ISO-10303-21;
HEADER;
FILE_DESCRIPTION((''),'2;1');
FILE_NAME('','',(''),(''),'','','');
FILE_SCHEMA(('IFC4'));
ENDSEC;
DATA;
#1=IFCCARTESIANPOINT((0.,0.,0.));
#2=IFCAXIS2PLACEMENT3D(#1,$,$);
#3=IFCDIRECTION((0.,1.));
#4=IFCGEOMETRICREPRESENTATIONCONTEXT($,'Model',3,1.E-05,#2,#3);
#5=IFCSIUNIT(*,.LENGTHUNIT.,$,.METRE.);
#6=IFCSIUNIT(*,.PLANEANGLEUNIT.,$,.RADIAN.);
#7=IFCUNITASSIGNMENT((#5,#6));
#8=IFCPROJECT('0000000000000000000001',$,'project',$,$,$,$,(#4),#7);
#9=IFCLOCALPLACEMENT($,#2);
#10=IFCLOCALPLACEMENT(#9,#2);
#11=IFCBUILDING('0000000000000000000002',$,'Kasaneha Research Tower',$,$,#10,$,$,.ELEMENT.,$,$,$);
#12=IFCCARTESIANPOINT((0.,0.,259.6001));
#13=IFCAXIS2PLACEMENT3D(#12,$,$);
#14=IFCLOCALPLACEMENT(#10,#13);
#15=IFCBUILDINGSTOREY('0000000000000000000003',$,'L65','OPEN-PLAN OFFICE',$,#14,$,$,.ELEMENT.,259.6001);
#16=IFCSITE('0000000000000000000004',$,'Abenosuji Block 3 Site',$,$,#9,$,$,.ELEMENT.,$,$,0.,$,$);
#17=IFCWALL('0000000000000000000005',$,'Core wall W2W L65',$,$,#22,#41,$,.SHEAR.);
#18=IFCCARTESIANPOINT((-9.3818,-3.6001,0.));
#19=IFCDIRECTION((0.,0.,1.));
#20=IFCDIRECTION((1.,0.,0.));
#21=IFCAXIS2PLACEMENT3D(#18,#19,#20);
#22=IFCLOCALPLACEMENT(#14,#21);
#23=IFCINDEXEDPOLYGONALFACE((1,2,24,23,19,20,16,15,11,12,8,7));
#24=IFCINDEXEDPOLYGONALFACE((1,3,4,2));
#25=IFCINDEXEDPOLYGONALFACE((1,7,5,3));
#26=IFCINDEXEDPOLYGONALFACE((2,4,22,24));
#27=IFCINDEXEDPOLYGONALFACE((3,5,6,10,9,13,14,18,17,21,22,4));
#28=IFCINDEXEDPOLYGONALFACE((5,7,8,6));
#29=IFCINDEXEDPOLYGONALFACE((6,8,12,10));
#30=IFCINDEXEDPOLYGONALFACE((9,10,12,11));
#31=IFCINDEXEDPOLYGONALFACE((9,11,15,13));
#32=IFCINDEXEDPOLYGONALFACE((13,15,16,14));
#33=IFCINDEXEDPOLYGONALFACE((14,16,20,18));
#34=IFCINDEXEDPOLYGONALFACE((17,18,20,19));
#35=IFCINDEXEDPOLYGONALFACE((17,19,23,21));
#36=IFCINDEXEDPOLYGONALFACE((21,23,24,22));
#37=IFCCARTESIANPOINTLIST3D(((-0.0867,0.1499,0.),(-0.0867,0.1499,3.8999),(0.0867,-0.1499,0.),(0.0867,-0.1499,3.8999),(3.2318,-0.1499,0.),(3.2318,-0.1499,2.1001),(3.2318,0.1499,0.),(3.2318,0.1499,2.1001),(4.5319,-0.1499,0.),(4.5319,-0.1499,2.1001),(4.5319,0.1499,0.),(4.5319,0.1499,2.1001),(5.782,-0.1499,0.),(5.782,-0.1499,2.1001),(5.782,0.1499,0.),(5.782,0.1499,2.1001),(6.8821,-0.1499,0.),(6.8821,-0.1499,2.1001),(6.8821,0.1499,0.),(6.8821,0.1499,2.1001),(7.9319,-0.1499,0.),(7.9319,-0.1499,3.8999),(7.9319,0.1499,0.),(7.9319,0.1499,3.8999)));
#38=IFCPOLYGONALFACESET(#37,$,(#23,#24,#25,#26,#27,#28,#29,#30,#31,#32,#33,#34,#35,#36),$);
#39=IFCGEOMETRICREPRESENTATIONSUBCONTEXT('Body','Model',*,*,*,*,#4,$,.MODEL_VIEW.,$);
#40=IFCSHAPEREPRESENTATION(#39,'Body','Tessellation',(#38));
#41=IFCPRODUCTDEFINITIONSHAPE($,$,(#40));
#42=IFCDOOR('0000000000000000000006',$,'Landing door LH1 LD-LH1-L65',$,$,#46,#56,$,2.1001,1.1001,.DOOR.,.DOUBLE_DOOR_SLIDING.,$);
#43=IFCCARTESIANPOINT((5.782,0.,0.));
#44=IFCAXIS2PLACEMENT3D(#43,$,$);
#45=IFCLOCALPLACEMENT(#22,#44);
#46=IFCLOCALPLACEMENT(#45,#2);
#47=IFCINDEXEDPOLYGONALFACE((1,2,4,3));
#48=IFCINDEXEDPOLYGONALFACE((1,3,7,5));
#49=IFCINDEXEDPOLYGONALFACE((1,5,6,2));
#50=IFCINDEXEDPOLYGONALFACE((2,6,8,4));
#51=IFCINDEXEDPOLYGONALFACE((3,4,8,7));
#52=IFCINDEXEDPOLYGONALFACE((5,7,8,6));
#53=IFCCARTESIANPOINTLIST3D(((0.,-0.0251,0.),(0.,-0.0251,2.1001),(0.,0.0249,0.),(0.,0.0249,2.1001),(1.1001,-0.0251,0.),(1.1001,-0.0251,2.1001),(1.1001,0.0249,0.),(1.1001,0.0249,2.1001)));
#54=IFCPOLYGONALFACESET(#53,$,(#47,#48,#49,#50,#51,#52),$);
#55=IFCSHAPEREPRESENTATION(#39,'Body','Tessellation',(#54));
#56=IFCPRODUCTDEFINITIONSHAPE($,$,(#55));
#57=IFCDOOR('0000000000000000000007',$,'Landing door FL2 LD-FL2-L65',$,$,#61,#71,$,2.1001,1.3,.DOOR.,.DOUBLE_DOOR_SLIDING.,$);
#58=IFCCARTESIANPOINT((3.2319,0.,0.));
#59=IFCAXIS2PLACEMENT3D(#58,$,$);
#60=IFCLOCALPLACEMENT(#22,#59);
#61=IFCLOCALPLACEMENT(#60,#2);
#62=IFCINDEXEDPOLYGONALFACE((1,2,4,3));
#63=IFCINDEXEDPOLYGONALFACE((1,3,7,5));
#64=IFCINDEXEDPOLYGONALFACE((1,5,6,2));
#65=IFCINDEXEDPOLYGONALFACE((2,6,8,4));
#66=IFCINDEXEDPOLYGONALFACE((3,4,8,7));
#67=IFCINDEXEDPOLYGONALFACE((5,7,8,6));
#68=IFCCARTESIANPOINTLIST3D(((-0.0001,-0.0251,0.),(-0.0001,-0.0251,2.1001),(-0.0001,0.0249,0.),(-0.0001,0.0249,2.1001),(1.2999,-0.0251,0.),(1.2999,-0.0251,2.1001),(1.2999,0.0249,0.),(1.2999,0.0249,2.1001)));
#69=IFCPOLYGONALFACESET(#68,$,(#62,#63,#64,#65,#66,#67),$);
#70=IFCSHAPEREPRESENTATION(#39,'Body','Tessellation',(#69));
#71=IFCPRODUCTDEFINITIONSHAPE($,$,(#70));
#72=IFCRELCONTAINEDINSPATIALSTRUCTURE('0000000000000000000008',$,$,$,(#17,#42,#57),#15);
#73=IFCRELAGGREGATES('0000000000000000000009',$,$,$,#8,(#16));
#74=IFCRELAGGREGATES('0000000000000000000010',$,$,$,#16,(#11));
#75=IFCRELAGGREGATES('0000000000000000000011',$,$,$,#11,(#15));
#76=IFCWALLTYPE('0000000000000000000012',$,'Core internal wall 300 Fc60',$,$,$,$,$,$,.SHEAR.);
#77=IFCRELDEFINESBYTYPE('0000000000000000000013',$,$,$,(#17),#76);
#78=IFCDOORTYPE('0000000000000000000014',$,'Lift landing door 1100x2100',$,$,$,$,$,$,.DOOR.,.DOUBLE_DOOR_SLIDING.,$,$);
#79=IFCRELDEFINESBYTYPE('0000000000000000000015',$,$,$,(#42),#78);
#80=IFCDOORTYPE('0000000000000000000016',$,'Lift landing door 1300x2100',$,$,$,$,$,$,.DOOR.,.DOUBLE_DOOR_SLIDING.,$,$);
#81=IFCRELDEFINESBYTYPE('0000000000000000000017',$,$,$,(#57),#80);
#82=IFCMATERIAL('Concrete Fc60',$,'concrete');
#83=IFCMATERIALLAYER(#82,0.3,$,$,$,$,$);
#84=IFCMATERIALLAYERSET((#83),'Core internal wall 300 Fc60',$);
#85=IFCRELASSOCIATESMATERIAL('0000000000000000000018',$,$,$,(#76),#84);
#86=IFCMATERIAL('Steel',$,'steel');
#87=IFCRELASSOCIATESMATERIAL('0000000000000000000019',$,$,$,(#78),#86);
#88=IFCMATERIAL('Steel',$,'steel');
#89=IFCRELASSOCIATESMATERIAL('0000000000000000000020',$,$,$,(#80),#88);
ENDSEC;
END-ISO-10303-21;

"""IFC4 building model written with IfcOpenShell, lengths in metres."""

from ifc_helpers import new_model, si_unit, direction, frame, frame_2d, origin, place, context, subcontext, project, spatial, polyline, rectangle, outline, extrude, material, layer, layer_set, type_object, element, fill, save


model = new_model("IFC4")

# Units and contexts
model_context = context("Model", 3, precision=1e-05, world=origin(), true_north=direction((0.0, 1.0)))
body_context = subcontext(model_context, "Body", "Model", "MODEL_VIEW")
ifc_project = project(units=[si_unit("LENGTHUNIT", "METRE"), si_unit("PLANEANGLEUNIT", "RADIAN")], contexts=[model_context])

# Site, building, storey
site_placement = place(None, origin())
site = spatial("IfcSite", under=ifc_project, at=site_placement, Name="Abenosuji Block 3 Site", CompositionType="ELEMENT", RefElevation=0.0)
building_placement = place(site_placement, origin())
building = spatial("IfcBuilding", under=site, at=building_placement, Name="Kasaneha Research Tower", CompositionType="ELEMENT")
storey_placement = place(building_placement, frame((0.0, 0.0, 259.6001)))
storey = spatial("IfcBuildingStorey", under=building, at=storey_placement, Name="L65", Description="OPEN-PLAN OFFICE", CompositionType="ELEMENT", Elevation=259.6001)

# Wall, openings, doors
ifc_material_1 = material(Name="Concrete Fc60", Category="concrete")
ifc_layer_1 = layer(ifc_material_1, 0.3)
ifc_layer_set_1 = layer_set([ifc_layer_1], Name="Core internal wall 300 Fc60")
wall_type_1 = type_object("IfcWallType", Name="Core internal wall 300 Fc60", PredefinedType="SHEAR", material=ifc_layer_set_1)
wall_1_placement = place(storey_placement, frame((-9.3818, -3.6001, 0.0), z_axis=(0.0, 0.0, 1.0), x_axis=(1.0, 0.0, 0.0)))
wall_1 = element("IfcWall", 1, at=wall_1_placement, inside=storey, type_object=wall_type_1, Name="Core wall W2W L65", PredefinedType="SHEAR", context=body_context, shape_type="SweptSolid", body=[
    extrude(outline(polyline([(0.0867, -0.1499), (3.2319, -0.1499), (4.532, -0.1499), (5.782, -0.1499), (6.8821, -0.1499), (7.9319, -0.1499), (7.9319, 0.1499), (6.8821, 0.1499), (5.782, 0.1499), (4.532, 0.1499), (3.2319, 0.1499), (-0.0867, 0.1499), (0.0867, -0.1499)])), origin(), (0.0, 0.0, 1.0), 3.8999),
])
opening_1_placement = place(wall_1_placement, frame((5.782, 0.0, 0.0)))
opening_1 = element("IfcOpeningElement", 2, at=opening_1_placement, cuts=wall_1, PredefinedType="OPENING", context=body_context, shape_type="SweptSolid", body=[
    extrude(rectangle(XDim=1.1001, YDim=2.1001, at=frame_2d((0.55, 1.05))), frame((0.0, 0.1602, 0.0), z_axis=(0.0, -1.0, 0.0), x_axis=(1.0, 0.0, 0.0)), (0.0, 0.0, 1.0), 0.3201),
])
opening_2_placement = place(wall_1_placement, frame((3.2319, 0.0, 0.0)))
opening_2 = element("IfcOpeningElement", 3, at=opening_2_placement, cuts=wall_1, PredefinedType="OPENING", context=body_context, shape_type="SweptSolid", body=[
    extrude(rectangle(XDim=1.3, YDim=2.1001, at=frame_2d((0.6499, 1.05))), frame((0.0, 0.1602, 0.0), z_axis=(0.0, -1.0, 0.0), x_axis=(1.0, 0.0, 0.0)), (0.0, 0.0, 1.0), 0.3201),
])
ifc_material_2 = material(Name="Steel", Category="steel")
door_type_1 = type_object("IfcDoorType", Name="Lift landing door 1100x2100", OperationType="DOUBLE_DOOR_SLIDING", PredefinedType="DOOR", material=ifc_material_2)
door_1_placement = place(opening_1_placement, origin())
door_1 = element("IfcDoor", 4, at=door_1_placement, inside=storey, type_object=door_type_1, Name="Landing door LH1 LD-LH1-L65", OperationType="DOUBLE_DOOR_SLIDING", OverallHeight=2.1001, OverallWidth=1.1001, PredefinedType="DOOR", context=body_context, shape_type="SweptSolid", body=[
    extrude(rectangle(XDim=1.1001, YDim=2.1001, at=frame_2d((0.55, 1.05))), frame((0.0, 0.0249, 0.0), z_axis=(0.0, -1.0, 0.0), x_axis=(1.0, 0.0, 0.0)), (0.0, 0.0, 1.0), 0.05),
])
fill(opening_1, door_1)
ifc_material_3 = material(Name="Steel", Category="steel")
door_type_2 = type_object("IfcDoorType", Name="Lift landing door 1300x2100", OperationType="DOUBLE_DOOR_SLIDING", PredefinedType="DOOR", material=ifc_material_3)
door_2_placement = place(opening_2_placement, origin())
door_2 = element("IfcDoor", 5, at=door_2_placement, inside=storey, type_object=door_type_2, Name="Landing door FL2 LD-FL2-L65", OperationType="DOUBLE_DOOR_SLIDING", OverallHeight=2.1001, OverallWidth=1.3, PredefinedType="DOOR", context=body_context, shape_type="SweptSolid", body=[
    extrude(rectangle(XDim=1.3, YDim=2.1001, at=frame_2d((0.6499, 1.05))), frame((0.0, 0.0249, 0.0), z_axis=(0.0, -1.0, 0.0), x_axis=(1.0, 0.0, 0.0)), (0.0, 0.0, 1.0), 0.05),
])
fill(opening_2, door_2)

save(model, "model.ifc")
